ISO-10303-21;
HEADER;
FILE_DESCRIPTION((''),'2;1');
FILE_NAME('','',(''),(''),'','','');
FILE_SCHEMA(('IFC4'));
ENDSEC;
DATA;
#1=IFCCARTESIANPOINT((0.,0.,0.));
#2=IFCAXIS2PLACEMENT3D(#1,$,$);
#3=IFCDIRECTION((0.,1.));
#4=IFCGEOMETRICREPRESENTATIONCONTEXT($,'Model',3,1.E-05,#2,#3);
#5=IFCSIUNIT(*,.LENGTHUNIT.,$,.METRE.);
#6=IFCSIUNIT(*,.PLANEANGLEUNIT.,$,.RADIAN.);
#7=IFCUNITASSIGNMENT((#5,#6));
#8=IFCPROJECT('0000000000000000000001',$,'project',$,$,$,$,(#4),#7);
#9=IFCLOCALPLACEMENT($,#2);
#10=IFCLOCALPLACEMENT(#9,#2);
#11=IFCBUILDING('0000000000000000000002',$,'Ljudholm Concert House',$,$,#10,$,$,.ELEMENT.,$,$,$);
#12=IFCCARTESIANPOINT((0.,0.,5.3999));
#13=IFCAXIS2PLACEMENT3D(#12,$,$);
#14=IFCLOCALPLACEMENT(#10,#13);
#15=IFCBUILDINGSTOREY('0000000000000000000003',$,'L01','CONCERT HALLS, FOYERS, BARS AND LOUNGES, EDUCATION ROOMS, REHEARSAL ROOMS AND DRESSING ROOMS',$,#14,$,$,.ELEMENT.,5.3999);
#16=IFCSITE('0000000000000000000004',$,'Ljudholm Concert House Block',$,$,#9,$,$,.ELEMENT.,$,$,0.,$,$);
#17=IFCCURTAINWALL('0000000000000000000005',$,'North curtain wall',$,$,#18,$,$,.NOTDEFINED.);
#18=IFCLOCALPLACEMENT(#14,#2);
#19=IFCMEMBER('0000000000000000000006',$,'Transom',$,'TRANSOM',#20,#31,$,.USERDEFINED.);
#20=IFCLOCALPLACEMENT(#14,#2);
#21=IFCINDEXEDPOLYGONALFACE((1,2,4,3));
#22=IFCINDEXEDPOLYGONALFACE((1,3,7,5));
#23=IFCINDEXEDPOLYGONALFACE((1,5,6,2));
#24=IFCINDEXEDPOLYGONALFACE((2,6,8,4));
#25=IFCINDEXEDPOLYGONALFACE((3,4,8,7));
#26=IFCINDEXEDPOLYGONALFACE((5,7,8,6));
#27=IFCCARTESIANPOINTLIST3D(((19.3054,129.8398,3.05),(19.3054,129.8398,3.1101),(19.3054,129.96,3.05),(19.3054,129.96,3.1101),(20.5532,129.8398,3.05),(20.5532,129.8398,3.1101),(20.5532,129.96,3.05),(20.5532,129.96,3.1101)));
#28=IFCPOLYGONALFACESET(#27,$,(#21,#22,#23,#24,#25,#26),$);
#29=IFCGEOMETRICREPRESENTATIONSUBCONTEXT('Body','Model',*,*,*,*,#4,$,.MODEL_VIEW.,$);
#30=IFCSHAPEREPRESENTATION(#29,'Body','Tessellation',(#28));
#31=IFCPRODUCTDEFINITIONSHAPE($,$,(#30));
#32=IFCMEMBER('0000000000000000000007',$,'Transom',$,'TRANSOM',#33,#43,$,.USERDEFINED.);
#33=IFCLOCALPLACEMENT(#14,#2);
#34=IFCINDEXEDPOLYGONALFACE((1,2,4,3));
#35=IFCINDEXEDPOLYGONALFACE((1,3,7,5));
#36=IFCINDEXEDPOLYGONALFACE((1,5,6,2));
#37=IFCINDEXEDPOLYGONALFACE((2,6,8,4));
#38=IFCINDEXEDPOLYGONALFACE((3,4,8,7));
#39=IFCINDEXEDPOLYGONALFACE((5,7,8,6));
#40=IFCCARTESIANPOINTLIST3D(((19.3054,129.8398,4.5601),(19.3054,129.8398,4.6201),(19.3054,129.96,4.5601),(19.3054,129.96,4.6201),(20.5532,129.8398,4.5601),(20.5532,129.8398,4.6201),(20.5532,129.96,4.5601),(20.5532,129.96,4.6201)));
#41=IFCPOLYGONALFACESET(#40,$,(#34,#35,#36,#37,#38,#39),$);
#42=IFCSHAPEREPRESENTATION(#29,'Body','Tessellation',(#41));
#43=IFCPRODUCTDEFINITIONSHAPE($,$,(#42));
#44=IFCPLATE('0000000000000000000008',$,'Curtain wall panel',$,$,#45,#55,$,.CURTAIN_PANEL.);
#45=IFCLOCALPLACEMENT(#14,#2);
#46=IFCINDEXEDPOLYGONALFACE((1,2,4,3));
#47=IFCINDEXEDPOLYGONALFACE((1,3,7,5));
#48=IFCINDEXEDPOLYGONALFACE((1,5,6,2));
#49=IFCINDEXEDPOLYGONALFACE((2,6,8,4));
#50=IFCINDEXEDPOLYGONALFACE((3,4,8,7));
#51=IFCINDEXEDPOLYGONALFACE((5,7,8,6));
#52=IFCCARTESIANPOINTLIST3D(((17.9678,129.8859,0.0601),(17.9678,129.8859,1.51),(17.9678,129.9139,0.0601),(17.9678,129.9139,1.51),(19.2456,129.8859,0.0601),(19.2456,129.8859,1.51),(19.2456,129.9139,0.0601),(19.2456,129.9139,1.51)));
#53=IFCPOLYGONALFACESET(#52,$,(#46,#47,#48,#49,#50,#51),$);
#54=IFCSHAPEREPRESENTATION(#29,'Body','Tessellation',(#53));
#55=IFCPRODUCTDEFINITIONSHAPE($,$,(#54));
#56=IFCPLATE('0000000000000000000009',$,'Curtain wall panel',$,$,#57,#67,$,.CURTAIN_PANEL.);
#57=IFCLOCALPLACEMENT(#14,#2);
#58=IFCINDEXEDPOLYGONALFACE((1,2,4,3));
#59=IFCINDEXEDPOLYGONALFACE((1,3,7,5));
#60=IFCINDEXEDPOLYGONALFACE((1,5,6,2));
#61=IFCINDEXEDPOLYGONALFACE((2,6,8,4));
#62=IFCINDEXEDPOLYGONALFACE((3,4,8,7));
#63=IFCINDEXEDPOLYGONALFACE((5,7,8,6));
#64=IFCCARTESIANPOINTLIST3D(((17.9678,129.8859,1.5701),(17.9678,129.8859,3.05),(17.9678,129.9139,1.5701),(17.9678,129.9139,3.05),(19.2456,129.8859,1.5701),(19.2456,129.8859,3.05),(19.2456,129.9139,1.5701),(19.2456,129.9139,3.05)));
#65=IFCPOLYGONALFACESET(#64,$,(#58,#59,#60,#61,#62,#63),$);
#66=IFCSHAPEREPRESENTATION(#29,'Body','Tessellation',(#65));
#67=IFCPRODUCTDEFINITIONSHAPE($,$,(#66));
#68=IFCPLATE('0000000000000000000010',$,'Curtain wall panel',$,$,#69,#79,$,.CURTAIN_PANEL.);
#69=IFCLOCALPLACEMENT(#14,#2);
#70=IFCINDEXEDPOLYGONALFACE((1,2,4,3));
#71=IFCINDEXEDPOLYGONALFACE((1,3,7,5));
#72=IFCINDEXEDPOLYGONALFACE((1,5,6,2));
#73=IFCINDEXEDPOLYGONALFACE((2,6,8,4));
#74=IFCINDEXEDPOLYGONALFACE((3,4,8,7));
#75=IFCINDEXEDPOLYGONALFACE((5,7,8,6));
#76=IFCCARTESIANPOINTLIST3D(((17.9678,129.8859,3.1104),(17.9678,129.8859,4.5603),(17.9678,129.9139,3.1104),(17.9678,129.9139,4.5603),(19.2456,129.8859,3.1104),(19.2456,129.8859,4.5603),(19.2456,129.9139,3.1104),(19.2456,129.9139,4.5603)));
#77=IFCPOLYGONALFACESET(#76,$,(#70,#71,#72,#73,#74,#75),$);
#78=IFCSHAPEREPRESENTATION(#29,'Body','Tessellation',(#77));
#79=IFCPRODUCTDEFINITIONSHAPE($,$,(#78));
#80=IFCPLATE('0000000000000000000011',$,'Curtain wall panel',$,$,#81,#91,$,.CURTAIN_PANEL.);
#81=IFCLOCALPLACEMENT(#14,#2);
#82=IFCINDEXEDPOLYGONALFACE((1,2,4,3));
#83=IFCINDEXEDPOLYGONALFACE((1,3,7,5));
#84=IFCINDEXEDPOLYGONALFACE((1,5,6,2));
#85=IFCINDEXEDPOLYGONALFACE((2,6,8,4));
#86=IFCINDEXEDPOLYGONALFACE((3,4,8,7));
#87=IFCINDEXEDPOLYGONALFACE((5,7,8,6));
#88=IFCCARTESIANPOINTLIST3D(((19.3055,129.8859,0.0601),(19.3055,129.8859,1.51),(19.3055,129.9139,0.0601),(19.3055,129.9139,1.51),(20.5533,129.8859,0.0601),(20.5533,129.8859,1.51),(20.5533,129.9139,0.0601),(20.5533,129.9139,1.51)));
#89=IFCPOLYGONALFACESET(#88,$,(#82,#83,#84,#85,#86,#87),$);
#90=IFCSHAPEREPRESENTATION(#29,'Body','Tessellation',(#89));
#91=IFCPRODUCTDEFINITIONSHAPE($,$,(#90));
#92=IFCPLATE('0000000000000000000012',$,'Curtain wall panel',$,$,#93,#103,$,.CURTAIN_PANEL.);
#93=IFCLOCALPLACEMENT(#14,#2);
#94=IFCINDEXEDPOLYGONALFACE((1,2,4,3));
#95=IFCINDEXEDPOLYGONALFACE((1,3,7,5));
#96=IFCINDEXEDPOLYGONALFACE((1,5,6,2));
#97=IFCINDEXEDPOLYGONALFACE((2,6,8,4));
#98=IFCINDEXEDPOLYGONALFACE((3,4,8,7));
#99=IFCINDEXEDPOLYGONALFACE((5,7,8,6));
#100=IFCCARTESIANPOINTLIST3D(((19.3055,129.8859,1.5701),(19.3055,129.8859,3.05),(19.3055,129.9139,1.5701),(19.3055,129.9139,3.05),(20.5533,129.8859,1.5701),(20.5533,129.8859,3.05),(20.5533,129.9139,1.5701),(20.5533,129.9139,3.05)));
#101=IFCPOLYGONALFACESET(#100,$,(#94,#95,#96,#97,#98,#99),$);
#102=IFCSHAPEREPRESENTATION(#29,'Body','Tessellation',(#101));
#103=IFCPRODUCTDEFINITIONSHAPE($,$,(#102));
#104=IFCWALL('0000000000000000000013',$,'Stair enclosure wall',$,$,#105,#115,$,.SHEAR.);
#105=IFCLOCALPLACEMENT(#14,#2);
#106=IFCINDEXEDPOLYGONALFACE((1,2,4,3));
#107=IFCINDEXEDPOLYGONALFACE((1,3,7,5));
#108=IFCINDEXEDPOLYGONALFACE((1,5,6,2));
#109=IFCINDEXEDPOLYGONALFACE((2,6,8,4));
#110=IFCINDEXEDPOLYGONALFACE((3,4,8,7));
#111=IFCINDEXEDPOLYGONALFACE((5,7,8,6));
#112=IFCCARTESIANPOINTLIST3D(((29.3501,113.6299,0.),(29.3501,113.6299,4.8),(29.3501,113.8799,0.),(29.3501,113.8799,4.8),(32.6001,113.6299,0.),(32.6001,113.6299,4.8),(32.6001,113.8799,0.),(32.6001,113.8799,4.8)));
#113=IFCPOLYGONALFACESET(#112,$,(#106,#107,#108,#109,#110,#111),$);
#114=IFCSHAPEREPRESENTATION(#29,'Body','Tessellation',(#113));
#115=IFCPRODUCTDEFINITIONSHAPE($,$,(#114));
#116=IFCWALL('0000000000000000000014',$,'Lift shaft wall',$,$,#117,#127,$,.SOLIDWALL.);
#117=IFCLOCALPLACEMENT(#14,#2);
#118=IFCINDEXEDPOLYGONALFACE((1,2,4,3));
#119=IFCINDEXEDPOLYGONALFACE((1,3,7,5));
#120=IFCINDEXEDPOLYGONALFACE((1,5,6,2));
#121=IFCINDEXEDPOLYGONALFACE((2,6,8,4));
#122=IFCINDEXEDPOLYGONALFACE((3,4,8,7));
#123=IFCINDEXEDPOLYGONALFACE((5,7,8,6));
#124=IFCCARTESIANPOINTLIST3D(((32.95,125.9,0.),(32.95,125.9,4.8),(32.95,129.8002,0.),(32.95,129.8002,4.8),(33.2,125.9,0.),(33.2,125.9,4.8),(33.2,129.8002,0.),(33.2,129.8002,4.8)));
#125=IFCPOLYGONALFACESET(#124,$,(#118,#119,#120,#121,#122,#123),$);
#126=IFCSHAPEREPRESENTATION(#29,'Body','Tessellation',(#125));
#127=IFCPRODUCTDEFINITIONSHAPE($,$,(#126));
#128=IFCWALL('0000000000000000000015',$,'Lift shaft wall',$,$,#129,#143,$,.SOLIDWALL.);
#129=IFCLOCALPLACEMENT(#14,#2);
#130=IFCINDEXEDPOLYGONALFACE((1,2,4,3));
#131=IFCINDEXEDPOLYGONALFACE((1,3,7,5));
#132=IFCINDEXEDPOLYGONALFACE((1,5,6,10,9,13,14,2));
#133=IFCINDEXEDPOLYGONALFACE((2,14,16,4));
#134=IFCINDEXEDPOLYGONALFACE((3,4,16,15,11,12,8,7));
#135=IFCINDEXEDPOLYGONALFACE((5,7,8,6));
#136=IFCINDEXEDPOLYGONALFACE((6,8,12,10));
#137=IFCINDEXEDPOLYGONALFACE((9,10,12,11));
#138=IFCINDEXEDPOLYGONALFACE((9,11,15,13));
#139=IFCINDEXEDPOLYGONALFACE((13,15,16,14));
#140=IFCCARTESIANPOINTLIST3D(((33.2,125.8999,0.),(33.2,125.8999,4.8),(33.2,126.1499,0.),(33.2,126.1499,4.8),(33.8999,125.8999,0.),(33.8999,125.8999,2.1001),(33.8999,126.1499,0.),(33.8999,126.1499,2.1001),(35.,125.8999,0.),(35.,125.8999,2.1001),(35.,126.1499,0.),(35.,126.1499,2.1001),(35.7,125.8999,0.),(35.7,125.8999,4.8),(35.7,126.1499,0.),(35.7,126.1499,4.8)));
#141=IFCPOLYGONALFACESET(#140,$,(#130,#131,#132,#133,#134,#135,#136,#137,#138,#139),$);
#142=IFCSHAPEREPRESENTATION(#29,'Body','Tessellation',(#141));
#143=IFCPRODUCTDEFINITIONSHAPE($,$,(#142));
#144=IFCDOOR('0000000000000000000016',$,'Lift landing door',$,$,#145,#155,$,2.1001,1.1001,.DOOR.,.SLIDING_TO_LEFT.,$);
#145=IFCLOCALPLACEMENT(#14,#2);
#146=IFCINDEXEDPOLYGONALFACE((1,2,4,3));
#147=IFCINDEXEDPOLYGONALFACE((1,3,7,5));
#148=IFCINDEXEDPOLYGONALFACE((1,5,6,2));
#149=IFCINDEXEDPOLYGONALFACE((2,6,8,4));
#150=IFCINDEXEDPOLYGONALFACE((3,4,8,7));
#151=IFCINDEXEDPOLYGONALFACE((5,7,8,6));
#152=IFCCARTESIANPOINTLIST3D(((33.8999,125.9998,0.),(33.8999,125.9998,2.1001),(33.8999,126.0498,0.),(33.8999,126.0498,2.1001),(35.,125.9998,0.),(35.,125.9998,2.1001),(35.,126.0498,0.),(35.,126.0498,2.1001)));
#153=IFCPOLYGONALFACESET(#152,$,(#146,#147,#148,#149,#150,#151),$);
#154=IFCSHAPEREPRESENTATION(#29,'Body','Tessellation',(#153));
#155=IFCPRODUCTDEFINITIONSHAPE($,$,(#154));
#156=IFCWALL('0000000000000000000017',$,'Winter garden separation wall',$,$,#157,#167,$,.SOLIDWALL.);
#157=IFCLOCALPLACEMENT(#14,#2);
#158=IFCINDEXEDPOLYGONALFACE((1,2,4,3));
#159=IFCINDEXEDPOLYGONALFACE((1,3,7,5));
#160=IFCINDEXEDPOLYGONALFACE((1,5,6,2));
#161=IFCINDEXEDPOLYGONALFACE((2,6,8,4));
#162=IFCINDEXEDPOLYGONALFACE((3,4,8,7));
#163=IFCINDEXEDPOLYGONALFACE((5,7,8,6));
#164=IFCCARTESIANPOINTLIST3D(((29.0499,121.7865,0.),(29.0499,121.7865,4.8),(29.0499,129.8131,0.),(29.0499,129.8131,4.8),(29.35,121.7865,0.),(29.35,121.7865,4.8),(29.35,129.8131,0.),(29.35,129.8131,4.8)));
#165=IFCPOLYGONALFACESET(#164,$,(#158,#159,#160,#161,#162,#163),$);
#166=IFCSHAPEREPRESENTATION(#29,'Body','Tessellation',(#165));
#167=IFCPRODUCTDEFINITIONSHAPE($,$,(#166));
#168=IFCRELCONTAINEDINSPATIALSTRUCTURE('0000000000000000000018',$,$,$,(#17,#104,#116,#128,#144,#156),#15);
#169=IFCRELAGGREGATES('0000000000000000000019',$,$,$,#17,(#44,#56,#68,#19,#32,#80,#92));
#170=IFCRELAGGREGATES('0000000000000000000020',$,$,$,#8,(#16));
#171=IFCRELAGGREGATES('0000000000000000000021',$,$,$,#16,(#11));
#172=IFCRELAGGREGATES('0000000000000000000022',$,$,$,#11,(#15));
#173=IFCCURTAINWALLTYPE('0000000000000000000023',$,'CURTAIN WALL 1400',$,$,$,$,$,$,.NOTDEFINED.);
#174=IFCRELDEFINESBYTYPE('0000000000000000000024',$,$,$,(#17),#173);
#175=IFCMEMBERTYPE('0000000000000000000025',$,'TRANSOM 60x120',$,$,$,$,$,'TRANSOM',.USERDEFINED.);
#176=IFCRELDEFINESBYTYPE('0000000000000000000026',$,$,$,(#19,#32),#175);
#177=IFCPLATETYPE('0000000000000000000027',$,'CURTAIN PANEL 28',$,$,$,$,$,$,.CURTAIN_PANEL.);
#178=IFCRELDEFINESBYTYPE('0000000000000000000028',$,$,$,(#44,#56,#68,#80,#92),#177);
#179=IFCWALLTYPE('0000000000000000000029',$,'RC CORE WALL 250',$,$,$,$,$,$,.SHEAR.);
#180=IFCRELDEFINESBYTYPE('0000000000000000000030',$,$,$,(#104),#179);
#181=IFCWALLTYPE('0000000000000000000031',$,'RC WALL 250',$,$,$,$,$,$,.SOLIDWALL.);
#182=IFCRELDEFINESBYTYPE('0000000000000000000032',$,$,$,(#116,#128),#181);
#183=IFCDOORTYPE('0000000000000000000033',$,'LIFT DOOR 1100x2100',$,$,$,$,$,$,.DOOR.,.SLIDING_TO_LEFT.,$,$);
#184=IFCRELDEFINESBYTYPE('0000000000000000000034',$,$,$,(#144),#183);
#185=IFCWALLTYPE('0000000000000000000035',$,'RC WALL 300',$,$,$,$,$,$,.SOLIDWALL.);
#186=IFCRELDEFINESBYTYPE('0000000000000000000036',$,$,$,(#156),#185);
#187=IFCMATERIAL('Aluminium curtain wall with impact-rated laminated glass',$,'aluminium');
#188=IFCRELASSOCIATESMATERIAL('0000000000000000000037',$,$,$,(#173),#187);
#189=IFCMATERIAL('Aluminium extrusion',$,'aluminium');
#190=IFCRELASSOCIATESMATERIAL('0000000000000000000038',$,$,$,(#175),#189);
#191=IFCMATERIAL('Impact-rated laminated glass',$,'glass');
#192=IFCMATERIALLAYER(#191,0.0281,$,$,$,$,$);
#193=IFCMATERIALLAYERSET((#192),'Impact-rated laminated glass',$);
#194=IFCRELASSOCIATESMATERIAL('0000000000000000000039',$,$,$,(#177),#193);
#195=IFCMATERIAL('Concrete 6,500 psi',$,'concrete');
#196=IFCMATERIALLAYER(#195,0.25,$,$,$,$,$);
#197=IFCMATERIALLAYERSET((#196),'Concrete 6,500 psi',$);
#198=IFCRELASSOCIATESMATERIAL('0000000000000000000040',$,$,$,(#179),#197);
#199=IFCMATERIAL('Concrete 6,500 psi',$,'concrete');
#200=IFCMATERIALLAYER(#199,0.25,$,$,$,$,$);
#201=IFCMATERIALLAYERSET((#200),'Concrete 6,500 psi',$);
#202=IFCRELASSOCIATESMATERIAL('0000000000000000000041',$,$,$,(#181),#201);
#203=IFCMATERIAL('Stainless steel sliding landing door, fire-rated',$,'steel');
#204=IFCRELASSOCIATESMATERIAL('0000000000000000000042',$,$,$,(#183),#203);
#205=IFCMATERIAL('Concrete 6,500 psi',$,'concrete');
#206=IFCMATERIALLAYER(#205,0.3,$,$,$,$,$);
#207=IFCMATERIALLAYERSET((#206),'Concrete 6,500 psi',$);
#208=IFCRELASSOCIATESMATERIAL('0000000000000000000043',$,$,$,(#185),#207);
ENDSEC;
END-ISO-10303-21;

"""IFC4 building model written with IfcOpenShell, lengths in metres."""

from ifc_helpers import new_model, si_unit, direction, frame, frame_2d, origin, origin_2d, place, context, subcontext, project, spatial, rectangle, extrude, material, layer, layer_set, material_profile, profile_set, type_object, element, fill, aggregate, save


model = new_model("IFC4")

# Units and contexts
model_context = context("Model", 3, precision=1e-05, world=origin(), true_north=direction((0.0, 1.0)))
body_context = subcontext(model_context, "Body", "Model", "MODEL_VIEW")
ifc_project = project(units=[si_unit("LENGTHUNIT", "METRE"), si_unit("PLANEANGLEUNIT", "RADIAN")], contexts=[model_context])

# Site, building, storey
site_placement = place(None, origin())
site = spatial("IfcSite", under=ifc_project, at=site_placement, Name="Ljudholm Concert House Block", CompositionType="ELEMENT", RefElevation=0.0)
building_placement = place(site_placement, origin())
building = spatial("IfcBuilding", under=site, at=building_placement, Name="Ljudholm Concert House", CompositionType="ELEMENT")
storey_placement = place(building_placement, frame((0.0, 0.0, 5.3999)))
storey = spatial("IfcBuildingStorey", under=building, at=storey_placement, Name="L01", Description="CONCERT HALLS, FOYERS, BARS AND LOUNGES, EDUCATION ROOMS, REHEARSAL ROOMS AND DRESSING ROOMS", CompositionType="ELEMENT", Elevation=5.3999)

# Curtain wall
ifc_material_1 = material(Name="Aluminium curtain wall with impact-rated laminated glass", Category="aluminium")
curtain_wall_type = type_object("IfcCurtainWallType", Name="CURTAIN WALL 1400", PredefinedType="NOTDEFINED", material=ifc_material_1)
curtain_wall_placement = place(storey_placement, origin())
curtain_wall = element("IfcCurtainWall", 1, at=curtain_wall_placement, inside=storey, type_object=curtain_wall_type, Name="North curtain wall", PredefinedType="NOTDEFINED")

# Members
ifc_material_2 = material(Name="Aluminium extrusion", Category="aluminium")
ifc_material_profile_1 = material_profile(ifc_material_2, rectangle(XDim=0.1201, YDim=0.0601, at=origin_2d()), Name="TRANSOM 60x120")
ifc_profile_set_1 = profile_set([ifc_material_profile_1], Name="Aluminium extrusion")
member_type_1 = type_object("IfcMemberType", Name="TRANSOM 60x120", ElementType="TRANSOM", PredefinedType="USERDEFINED", material=ifc_profile_set_1)
member_1_placement = place(storey_placement, frame((19.3054, 129.8999, 3.0801), z_axis=(1.0, 0.0, 0.0), x_axis=(0.0, 1.0, 0.0)))
member_1 = element("IfcMember", 2, at=member_1_placement, type_object=member_type_1, Name="Transom", ObjectType="TRANSOM", PredefinedType="USERDEFINED", context=body_context, shape_type="SweptSolid", body=[
    extrude(rectangle(XDim=0.1201, YDim=0.0601, at=origin_2d()), origin(), (0.0, 0.0, 1.0), 1.2478),
])
member_2_placement = place(storey_placement, frame((19.3054, 129.8999, 4.5901), z_axis=(1.0, 0.0, 0.0), x_axis=(0.0, 1.0, 0.0)))
member_2 = element("IfcMember", 3, at=member_2_placement, type_object=member_type_1, Name="Transom", ObjectType="TRANSOM", PredefinedType="USERDEFINED", context=body_context, shape_type="SweptSolid", body=[
    extrude(rectangle(XDim=0.1201, YDim=0.0601, at=origin_2d()), origin(), (0.0, 0.0, 1.0), 1.2478),
])

# Plates
ifc_material_3 = material(Name="Impact-rated laminated glass", Category="glass")
ifc_layer_1 = layer(ifc_material_3, 0.0281)
ifc_layer_set_1 = layer_set([ifc_layer_1], Name="Impact-rated laminated glass")
plate_type = type_object("IfcPlateType", Name="CURTAIN PANEL 28", PredefinedType="CURTAIN_PANEL", material=ifc_layer_set_1)
plate_1_placement = place(storey_placement, frame((18.6067, 129.8999, 0.0601), z_axis=(0.0, 0.0, 1.0), x_axis=(1.0, 0.0, 0.0)))
plate_1 = element("IfcPlate", 4, at=plate_1_placement, type_object=plate_type, Name="Curtain wall panel", PredefinedType="CURTAIN_PANEL", context=body_context, shape_type="SweptSolid", body=[
    extrude(rectangle(XDim=1.2778, YDim=0.0281, at=origin_2d()), origin(), (0.0, 0.0, 1.0), 1.45),
])
plate_2_placement = place(storey_placement, frame((18.6067, 129.8999, 1.5701), z_axis=(0.0, 0.0, 1.0), x_axis=(1.0, 0.0, 0.0)))
plate_2 = element("IfcPlate", 5, at=plate_2_placement, type_object=plate_type, Name="Curtain wall panel", PredefinedType="CURTAIN_PANEL", context=body_context, shape_type="SweptSolid", body=[
    extrude(rectangle(XDim=1.2778, YDim=0.0281, at=origin_2d()), origin(), (0.0, 0.0, 1.0), 1.48),
])
plate_3_placement = place(storey_placement, frame((18.6067, 129.8999, 3.1104), z_axis=(0.0, 0.0, 1.0), x_axis=(1.0, 0.0, 0.0)))
plate_3 = element("IfcPlate", 6, at=plate_3_placement, type_object=plate_type, Name="Curtain wall panel", PredefinedType="CURTAIN_PANEL", context=body_context, shape_type="SweptSolid", body=[
    extrude(rectangle(XDim=1.2778, YDim=0.0281, at=origin_2d()), origin(), (0.0, 0.0, 1.0), 1.45),
])
plate_4_placement = place(storey_placement, frame((19.9294, 129.8999, 0.0601), z_axis=(0.0, 0.0, 1.0), x_axis=(1.0, 0.0, 0.0)))
plate_4 = element("IfcPlate", 7, at=plate_4_placement, type_object=plate_type, Name="Curtain wall panel", PredefinedType="CURTAIN_PANEL", context=body_context, shape_type="SweptSolid", body=[
    extrude(rectangle(XDim=1.2478, YDim=0.0281, at=origin_2d()), origin(), (0.0, 0.0, 1.0), 1.45),
])
plate_5_placement = place(storey_placement, frame((19.9294, 129.8999, 1.5701), z_axis=(0.0, 0.0, 1.0), x_axis=(1.0, 0.0, 0.0)))
plate_5 = element("IfcPlate", 8, at=plate_5_placement, type_object=plate_type, Name="Curtain wall panel", PredefinedType="CURTAIN_PANEL", context=body_context, shape_type="SweptSolid", body=[
    extrude(rectangle(XDim=1.2478, YDim=0.0281, at=origin_2d()), origin(), (0.0, 0.0, 1.0), 1.48),
])
aggregate(curtain_wall, [plate_1, plate_2, plate_3, member_1, member_2, plate_4, plate_5])

# Walls
ifc_material_4 = material(Name="Concrete 6,500 psi", Category="concrete")
ifc_layer_2 = layer(ifc_material_4, 0.25)
ifc_layer_set_2 = layer_set([ifc_layer_2], Name="Concrete 6,500 psi")
wall_type_1 = type_object("IfcWallType", Name="RC CORE WALL 250", PredefinedType="SHEAR", material=ifc_layer_set_2)
wall_1_placement = place(storey_placement, frame((29.3501, 113.7549, 0.0), z_axis=(0.0, 0.0, 1.0), x_axis=(1.0, 0.0, 0.0)))
element("IfcWall", 9, at=wall_1_placement, inside=storey, type_object=wall_type_1, Name="Stair enclosure wall", PredefinedType="SHEAR", context=body_context, shape_type="SweptSolid", body=[
    extrude(rectangle(XDim=3.25, YDim=0.25, at=frame_2d((1.625, 0.0))), origin(), (0.0, 0.0, 1.0), 4.8),
])
ifc_material_5 = material(Name="Concrete 6,500 psi", Category="concrete")
ifc_layer_3 = layer(ifc_material_5, 0.25)
ifc_layer_set_3 = layer_set([ifc_layer_3], Name="Concrete 6,500 psi")
wall_type_2 = type_object("IfcWallType", Name="RC WALL 250", PredefinedType="SOLIDWALL", material=ifc_layer_set_3)
wall_2_placement = place(storey_placement, frame((33.075, 125.8999, 0.0), z_axis=(0.0, 0.0, 1.0), x_axis=(0.0, 1.0, 0.0)))
element("IfcWall", 10, at=wall_2_placement, inside=storey, type_object=wall_type_2, Name="Lift shaft wall", PredefinedType="SOLIDWALL", context=body_context, shape_type="SweptSolid", body=[
    extrude(rectangle(XDim=3.9001, YDim=0.25, at=frame_2d((1.9502, 0.0))), origin(), (0.0, 0.0, 1.0), 4.8),
])

# Wall, opening, door
wall_3_placement = place(storey_placement, frame((33.2, 126.0249, 0.0), z_axis=(0.0, 0.0, 1.0), x_axis=(1.0, 0.0, 0.0)))
wall_3 = element("IfcWall", 11, at=wall_3_placement, inside=storey, type_object=wall_type_2, Name="Lift shaft wall", PredefinedType="SOLIDWALL", context=body_context, shape_type="SweptSolid", body=[
    extrude(rectangle(XDim=2.5, YDim=0.25, at=frame_2d((1.25, 0.0))), origin(), (0.0, 0.0, 1.0), 4.8),
])
opening_1_placement = place(wall_3_placement, frame((0.7, 0.0, 0.0)))
opening_1 = element("IfcOpeningElement", 12, at=opening_1_placement, cuts=wall_3, PredefinedType="OPENING", context=body_context, shape_type="SweptSolid", body=[
    extrude(rectangle(XDim=1.1001, YDim=2.1001, at=frame_2d((0.55, 1.05))), frame((0.0, 0.135, 0.0), z_axis=(0.0, -1.0, 0.0), x_axis=(1.0, 0.0, 0.0)), (0.0, 0.0, 1.0), 0.27),
])
ifc_material_6 = material(Name="Stainless steel sliding landing door, fire-rated", Category="steel")
door_type_1 = type_object("IfcDoorType", Name="LIFT DOOR 1100x2100", OperationType="SLIDING_TO_LEFT", PredefinedType="DOOR", material=ifc_material_6)
door_1_placement = place(opening_1_placement, origin())
door_1 = element("IfcDoor", 13, at=door_1_placement, inside=storey, type_object=door_type_1, Name="Lift landing door", OperationType="SLIDING_TO_LEFT", OverallHeight=2.1001, OverallWidth=1.1001, PredefinedType="DOOR", context=body_context, shape_type="SweptSolid", body=[
    extrude(rectangle(XDim=1.1001, YDim=2.1001, at=frame_2d((0.55, 1.05))), frame((0.0, 0.0249, 0.0), z_axis=(0.0, -1.0, 0.0), x_axis=(1.0, 0.0, 0.0)), (0.0, 0.0, 1.0), 0.05),
])
fill(opening_1, door_1)
ifc_material_7 = material(Name="Concrete 6,500 psi", Category="concrete")
ifc_layer_4 = layer(ifc_material_7, 0.3)
ifc_layer_set_4 = layer_set([ifc_layer_4], Name="Concrete 6,500 psi")
wall_type_3 = type_object("IfcWallType", Name="RC WALL 300", PredefinedType="SOLIDWALL", material=ifc_layer_set_4)

# Wall
wall_4_placement = place(storey_placement, frame((29.2, 121.7866, 0.0), z_axis=(0.0, 0.0, 1.0), x_axis=(0.0, 1.0, 0.0)))
element("IfcWall", 14, at=wall_4_placement, inside=storey, type_object=wall_type_3, Name="Winter garden separation wall", PredefinedType="SOLIDWALL", context=body_context, shape_type="SweptSolid", body=[
    extrude(rectangle(XDim=8.0266, YDim=0.3, at=frame_2d((4.0132, 0.0))), origin(), (0.0, 0.0, 1.0), 4.8),
])

save(model, "model.ifc")
